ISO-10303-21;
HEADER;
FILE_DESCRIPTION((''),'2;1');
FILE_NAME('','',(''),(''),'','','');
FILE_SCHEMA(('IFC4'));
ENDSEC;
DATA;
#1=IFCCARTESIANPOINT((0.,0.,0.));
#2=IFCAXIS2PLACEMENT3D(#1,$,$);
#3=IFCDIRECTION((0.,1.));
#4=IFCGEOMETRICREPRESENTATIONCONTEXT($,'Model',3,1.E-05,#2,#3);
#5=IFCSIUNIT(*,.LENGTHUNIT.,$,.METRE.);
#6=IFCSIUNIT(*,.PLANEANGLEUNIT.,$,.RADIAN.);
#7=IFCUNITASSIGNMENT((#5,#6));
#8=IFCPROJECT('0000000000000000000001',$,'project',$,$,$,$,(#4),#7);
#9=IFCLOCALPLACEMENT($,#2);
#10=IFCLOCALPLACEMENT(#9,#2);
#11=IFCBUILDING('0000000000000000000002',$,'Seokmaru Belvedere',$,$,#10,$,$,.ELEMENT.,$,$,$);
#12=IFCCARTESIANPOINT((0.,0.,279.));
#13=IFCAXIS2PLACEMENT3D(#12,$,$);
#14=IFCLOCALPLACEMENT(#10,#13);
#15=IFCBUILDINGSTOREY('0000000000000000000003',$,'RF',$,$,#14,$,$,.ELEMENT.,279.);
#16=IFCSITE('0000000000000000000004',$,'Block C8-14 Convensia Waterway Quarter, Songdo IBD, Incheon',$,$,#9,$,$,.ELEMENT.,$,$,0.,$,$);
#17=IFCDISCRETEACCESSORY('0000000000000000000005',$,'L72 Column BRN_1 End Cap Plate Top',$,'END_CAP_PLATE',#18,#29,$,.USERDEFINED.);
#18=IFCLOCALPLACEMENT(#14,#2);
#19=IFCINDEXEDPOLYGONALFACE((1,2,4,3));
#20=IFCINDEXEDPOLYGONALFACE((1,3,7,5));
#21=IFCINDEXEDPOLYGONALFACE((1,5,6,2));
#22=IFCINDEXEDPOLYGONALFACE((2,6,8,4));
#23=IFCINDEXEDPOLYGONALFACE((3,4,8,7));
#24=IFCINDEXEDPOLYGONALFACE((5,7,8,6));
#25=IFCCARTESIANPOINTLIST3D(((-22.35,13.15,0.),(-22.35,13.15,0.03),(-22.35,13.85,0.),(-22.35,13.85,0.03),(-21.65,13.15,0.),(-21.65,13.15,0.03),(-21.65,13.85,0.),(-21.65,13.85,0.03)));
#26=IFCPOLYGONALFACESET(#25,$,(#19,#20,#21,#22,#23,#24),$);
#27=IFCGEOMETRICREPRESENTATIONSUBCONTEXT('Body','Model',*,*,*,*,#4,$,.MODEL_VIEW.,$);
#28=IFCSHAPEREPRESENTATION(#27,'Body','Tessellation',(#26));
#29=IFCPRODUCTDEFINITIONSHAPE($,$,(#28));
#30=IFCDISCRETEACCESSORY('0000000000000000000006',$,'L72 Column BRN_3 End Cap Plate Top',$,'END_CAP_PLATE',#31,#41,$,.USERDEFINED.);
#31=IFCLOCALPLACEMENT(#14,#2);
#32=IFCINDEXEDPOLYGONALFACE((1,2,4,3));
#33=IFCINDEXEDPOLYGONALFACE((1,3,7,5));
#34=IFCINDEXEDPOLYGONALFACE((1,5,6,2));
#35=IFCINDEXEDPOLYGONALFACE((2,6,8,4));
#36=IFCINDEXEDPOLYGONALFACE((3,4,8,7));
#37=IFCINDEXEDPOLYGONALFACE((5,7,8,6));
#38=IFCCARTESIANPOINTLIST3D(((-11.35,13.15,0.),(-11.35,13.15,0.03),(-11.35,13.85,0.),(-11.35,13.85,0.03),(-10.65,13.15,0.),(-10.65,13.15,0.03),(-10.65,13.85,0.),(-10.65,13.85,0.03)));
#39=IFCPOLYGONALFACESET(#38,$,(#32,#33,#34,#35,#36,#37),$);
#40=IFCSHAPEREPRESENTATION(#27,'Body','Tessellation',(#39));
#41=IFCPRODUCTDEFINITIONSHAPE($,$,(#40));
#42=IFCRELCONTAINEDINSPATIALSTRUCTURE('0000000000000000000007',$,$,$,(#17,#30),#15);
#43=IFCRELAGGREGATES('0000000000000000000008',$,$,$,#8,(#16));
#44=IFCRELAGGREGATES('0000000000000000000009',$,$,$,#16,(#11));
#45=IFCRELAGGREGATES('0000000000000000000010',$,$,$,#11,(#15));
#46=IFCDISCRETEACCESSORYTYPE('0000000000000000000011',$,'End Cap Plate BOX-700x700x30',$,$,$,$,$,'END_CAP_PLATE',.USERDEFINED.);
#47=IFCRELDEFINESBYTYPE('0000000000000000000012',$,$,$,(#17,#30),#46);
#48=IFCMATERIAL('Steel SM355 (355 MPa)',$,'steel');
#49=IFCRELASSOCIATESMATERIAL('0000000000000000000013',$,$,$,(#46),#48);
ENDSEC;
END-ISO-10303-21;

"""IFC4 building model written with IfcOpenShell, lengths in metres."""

from ifc_helpers import new_model, si_unit, direction, frame, origin, origin_2d, place, context, subcontext, project, spatial, rectangle, extrude, source, transform, mapped, material, type_object, type_shapes, element, save


model = new_model("IFC4")

# Units and contexts
model_context = context("Model", 3, precision=1e-05, world=origin(), true_north=direction((0.0, 1.0)))
body_context = subcontext(model_context, "Body", "Model", "MODEL_VIEW")
ifc_project = project(units=[si_unit("LENGTHUNIT", "METRE"), si_unit("PLANEANGLEUNIT", "RADIAN")], contexts=[model_context])

# Site, building, storey
site_placement = place(None, origin())
site = spatial("IfcSite", under=ifc_project, at=site_placement, Name="Block C8-14 Convensia Waterway Quarter, Songdo IBD, Incheon", CompositionType="ELEMENT", RefElevation=0.0)
building_placement = place(site_placement, origin())
building = spatial("IfcBuilding", under=site, at=building_placement, Name="Seokmaru Belvedere", CompositionType="ELEMENT")
storey_placement = place(building_placement, frame((0.0, 0.0, 279.0)))
storey = spatial("IfcBuildingStorey", under=building, at=storey_placement, Name="RF", CompositionType="ELEMENT", Elevation=279.0)

# Shared definitions
ifc_material_1 = material(Name="Steel SM355 (355 MPa)", Category="steel")

# Discrete accessories
discrete_accessory_type_1 = type_object("IfcDiscreteAccessoryType", Name="End Cap Plate BOX-700x700x30", ElementType="END_CAP_PLATE", PredefinedType="USERDEFINED", material=ifc_material_1)
shared_shape_1 = source(origin(), body_context, "Body", "SweptSolid", [
    extrude(rectangle(XDim=0.7, YDim=0.7, at=origin_2d()), origin(), (0.0, 0.0, 1.0), 0.03),
])
type_shapes(discrete_accessory_type_1, [shared_shape_1])
for number, where, z_axis, x_axis, name in (
    (1, (-22.0, 13.5, 0.0), (0.0, 0.0, 1.0), (1.0, 0.0, 0.0), "L72 Column BRN_1 End Cap Plate Top"),
    (2, (-11.0, 13.5, 0.0), (0.0, 0.0, 1.0), (1.0, 0.0, 0.0), "L72 Column BRN_3 End Cap Plate Top"),
):
    element("IfcDiscreteAccessory", number, at=place(storey_placement, frame(where, z_axis=z_axis, x_axis=x_axis)), inside=storey, type_object=discrete_accessory_type_1, Name=name, ObjectType="END_CAP_PLATE", PredefinedType="USERDEFINED", context=body_context, shape_type="MappedRepresentation", body=[
        mapped(shared_shape_1, transform((0.0, 0.0, 0.0), scale=1.0)),
    ])

save(model, "model.ifc")
